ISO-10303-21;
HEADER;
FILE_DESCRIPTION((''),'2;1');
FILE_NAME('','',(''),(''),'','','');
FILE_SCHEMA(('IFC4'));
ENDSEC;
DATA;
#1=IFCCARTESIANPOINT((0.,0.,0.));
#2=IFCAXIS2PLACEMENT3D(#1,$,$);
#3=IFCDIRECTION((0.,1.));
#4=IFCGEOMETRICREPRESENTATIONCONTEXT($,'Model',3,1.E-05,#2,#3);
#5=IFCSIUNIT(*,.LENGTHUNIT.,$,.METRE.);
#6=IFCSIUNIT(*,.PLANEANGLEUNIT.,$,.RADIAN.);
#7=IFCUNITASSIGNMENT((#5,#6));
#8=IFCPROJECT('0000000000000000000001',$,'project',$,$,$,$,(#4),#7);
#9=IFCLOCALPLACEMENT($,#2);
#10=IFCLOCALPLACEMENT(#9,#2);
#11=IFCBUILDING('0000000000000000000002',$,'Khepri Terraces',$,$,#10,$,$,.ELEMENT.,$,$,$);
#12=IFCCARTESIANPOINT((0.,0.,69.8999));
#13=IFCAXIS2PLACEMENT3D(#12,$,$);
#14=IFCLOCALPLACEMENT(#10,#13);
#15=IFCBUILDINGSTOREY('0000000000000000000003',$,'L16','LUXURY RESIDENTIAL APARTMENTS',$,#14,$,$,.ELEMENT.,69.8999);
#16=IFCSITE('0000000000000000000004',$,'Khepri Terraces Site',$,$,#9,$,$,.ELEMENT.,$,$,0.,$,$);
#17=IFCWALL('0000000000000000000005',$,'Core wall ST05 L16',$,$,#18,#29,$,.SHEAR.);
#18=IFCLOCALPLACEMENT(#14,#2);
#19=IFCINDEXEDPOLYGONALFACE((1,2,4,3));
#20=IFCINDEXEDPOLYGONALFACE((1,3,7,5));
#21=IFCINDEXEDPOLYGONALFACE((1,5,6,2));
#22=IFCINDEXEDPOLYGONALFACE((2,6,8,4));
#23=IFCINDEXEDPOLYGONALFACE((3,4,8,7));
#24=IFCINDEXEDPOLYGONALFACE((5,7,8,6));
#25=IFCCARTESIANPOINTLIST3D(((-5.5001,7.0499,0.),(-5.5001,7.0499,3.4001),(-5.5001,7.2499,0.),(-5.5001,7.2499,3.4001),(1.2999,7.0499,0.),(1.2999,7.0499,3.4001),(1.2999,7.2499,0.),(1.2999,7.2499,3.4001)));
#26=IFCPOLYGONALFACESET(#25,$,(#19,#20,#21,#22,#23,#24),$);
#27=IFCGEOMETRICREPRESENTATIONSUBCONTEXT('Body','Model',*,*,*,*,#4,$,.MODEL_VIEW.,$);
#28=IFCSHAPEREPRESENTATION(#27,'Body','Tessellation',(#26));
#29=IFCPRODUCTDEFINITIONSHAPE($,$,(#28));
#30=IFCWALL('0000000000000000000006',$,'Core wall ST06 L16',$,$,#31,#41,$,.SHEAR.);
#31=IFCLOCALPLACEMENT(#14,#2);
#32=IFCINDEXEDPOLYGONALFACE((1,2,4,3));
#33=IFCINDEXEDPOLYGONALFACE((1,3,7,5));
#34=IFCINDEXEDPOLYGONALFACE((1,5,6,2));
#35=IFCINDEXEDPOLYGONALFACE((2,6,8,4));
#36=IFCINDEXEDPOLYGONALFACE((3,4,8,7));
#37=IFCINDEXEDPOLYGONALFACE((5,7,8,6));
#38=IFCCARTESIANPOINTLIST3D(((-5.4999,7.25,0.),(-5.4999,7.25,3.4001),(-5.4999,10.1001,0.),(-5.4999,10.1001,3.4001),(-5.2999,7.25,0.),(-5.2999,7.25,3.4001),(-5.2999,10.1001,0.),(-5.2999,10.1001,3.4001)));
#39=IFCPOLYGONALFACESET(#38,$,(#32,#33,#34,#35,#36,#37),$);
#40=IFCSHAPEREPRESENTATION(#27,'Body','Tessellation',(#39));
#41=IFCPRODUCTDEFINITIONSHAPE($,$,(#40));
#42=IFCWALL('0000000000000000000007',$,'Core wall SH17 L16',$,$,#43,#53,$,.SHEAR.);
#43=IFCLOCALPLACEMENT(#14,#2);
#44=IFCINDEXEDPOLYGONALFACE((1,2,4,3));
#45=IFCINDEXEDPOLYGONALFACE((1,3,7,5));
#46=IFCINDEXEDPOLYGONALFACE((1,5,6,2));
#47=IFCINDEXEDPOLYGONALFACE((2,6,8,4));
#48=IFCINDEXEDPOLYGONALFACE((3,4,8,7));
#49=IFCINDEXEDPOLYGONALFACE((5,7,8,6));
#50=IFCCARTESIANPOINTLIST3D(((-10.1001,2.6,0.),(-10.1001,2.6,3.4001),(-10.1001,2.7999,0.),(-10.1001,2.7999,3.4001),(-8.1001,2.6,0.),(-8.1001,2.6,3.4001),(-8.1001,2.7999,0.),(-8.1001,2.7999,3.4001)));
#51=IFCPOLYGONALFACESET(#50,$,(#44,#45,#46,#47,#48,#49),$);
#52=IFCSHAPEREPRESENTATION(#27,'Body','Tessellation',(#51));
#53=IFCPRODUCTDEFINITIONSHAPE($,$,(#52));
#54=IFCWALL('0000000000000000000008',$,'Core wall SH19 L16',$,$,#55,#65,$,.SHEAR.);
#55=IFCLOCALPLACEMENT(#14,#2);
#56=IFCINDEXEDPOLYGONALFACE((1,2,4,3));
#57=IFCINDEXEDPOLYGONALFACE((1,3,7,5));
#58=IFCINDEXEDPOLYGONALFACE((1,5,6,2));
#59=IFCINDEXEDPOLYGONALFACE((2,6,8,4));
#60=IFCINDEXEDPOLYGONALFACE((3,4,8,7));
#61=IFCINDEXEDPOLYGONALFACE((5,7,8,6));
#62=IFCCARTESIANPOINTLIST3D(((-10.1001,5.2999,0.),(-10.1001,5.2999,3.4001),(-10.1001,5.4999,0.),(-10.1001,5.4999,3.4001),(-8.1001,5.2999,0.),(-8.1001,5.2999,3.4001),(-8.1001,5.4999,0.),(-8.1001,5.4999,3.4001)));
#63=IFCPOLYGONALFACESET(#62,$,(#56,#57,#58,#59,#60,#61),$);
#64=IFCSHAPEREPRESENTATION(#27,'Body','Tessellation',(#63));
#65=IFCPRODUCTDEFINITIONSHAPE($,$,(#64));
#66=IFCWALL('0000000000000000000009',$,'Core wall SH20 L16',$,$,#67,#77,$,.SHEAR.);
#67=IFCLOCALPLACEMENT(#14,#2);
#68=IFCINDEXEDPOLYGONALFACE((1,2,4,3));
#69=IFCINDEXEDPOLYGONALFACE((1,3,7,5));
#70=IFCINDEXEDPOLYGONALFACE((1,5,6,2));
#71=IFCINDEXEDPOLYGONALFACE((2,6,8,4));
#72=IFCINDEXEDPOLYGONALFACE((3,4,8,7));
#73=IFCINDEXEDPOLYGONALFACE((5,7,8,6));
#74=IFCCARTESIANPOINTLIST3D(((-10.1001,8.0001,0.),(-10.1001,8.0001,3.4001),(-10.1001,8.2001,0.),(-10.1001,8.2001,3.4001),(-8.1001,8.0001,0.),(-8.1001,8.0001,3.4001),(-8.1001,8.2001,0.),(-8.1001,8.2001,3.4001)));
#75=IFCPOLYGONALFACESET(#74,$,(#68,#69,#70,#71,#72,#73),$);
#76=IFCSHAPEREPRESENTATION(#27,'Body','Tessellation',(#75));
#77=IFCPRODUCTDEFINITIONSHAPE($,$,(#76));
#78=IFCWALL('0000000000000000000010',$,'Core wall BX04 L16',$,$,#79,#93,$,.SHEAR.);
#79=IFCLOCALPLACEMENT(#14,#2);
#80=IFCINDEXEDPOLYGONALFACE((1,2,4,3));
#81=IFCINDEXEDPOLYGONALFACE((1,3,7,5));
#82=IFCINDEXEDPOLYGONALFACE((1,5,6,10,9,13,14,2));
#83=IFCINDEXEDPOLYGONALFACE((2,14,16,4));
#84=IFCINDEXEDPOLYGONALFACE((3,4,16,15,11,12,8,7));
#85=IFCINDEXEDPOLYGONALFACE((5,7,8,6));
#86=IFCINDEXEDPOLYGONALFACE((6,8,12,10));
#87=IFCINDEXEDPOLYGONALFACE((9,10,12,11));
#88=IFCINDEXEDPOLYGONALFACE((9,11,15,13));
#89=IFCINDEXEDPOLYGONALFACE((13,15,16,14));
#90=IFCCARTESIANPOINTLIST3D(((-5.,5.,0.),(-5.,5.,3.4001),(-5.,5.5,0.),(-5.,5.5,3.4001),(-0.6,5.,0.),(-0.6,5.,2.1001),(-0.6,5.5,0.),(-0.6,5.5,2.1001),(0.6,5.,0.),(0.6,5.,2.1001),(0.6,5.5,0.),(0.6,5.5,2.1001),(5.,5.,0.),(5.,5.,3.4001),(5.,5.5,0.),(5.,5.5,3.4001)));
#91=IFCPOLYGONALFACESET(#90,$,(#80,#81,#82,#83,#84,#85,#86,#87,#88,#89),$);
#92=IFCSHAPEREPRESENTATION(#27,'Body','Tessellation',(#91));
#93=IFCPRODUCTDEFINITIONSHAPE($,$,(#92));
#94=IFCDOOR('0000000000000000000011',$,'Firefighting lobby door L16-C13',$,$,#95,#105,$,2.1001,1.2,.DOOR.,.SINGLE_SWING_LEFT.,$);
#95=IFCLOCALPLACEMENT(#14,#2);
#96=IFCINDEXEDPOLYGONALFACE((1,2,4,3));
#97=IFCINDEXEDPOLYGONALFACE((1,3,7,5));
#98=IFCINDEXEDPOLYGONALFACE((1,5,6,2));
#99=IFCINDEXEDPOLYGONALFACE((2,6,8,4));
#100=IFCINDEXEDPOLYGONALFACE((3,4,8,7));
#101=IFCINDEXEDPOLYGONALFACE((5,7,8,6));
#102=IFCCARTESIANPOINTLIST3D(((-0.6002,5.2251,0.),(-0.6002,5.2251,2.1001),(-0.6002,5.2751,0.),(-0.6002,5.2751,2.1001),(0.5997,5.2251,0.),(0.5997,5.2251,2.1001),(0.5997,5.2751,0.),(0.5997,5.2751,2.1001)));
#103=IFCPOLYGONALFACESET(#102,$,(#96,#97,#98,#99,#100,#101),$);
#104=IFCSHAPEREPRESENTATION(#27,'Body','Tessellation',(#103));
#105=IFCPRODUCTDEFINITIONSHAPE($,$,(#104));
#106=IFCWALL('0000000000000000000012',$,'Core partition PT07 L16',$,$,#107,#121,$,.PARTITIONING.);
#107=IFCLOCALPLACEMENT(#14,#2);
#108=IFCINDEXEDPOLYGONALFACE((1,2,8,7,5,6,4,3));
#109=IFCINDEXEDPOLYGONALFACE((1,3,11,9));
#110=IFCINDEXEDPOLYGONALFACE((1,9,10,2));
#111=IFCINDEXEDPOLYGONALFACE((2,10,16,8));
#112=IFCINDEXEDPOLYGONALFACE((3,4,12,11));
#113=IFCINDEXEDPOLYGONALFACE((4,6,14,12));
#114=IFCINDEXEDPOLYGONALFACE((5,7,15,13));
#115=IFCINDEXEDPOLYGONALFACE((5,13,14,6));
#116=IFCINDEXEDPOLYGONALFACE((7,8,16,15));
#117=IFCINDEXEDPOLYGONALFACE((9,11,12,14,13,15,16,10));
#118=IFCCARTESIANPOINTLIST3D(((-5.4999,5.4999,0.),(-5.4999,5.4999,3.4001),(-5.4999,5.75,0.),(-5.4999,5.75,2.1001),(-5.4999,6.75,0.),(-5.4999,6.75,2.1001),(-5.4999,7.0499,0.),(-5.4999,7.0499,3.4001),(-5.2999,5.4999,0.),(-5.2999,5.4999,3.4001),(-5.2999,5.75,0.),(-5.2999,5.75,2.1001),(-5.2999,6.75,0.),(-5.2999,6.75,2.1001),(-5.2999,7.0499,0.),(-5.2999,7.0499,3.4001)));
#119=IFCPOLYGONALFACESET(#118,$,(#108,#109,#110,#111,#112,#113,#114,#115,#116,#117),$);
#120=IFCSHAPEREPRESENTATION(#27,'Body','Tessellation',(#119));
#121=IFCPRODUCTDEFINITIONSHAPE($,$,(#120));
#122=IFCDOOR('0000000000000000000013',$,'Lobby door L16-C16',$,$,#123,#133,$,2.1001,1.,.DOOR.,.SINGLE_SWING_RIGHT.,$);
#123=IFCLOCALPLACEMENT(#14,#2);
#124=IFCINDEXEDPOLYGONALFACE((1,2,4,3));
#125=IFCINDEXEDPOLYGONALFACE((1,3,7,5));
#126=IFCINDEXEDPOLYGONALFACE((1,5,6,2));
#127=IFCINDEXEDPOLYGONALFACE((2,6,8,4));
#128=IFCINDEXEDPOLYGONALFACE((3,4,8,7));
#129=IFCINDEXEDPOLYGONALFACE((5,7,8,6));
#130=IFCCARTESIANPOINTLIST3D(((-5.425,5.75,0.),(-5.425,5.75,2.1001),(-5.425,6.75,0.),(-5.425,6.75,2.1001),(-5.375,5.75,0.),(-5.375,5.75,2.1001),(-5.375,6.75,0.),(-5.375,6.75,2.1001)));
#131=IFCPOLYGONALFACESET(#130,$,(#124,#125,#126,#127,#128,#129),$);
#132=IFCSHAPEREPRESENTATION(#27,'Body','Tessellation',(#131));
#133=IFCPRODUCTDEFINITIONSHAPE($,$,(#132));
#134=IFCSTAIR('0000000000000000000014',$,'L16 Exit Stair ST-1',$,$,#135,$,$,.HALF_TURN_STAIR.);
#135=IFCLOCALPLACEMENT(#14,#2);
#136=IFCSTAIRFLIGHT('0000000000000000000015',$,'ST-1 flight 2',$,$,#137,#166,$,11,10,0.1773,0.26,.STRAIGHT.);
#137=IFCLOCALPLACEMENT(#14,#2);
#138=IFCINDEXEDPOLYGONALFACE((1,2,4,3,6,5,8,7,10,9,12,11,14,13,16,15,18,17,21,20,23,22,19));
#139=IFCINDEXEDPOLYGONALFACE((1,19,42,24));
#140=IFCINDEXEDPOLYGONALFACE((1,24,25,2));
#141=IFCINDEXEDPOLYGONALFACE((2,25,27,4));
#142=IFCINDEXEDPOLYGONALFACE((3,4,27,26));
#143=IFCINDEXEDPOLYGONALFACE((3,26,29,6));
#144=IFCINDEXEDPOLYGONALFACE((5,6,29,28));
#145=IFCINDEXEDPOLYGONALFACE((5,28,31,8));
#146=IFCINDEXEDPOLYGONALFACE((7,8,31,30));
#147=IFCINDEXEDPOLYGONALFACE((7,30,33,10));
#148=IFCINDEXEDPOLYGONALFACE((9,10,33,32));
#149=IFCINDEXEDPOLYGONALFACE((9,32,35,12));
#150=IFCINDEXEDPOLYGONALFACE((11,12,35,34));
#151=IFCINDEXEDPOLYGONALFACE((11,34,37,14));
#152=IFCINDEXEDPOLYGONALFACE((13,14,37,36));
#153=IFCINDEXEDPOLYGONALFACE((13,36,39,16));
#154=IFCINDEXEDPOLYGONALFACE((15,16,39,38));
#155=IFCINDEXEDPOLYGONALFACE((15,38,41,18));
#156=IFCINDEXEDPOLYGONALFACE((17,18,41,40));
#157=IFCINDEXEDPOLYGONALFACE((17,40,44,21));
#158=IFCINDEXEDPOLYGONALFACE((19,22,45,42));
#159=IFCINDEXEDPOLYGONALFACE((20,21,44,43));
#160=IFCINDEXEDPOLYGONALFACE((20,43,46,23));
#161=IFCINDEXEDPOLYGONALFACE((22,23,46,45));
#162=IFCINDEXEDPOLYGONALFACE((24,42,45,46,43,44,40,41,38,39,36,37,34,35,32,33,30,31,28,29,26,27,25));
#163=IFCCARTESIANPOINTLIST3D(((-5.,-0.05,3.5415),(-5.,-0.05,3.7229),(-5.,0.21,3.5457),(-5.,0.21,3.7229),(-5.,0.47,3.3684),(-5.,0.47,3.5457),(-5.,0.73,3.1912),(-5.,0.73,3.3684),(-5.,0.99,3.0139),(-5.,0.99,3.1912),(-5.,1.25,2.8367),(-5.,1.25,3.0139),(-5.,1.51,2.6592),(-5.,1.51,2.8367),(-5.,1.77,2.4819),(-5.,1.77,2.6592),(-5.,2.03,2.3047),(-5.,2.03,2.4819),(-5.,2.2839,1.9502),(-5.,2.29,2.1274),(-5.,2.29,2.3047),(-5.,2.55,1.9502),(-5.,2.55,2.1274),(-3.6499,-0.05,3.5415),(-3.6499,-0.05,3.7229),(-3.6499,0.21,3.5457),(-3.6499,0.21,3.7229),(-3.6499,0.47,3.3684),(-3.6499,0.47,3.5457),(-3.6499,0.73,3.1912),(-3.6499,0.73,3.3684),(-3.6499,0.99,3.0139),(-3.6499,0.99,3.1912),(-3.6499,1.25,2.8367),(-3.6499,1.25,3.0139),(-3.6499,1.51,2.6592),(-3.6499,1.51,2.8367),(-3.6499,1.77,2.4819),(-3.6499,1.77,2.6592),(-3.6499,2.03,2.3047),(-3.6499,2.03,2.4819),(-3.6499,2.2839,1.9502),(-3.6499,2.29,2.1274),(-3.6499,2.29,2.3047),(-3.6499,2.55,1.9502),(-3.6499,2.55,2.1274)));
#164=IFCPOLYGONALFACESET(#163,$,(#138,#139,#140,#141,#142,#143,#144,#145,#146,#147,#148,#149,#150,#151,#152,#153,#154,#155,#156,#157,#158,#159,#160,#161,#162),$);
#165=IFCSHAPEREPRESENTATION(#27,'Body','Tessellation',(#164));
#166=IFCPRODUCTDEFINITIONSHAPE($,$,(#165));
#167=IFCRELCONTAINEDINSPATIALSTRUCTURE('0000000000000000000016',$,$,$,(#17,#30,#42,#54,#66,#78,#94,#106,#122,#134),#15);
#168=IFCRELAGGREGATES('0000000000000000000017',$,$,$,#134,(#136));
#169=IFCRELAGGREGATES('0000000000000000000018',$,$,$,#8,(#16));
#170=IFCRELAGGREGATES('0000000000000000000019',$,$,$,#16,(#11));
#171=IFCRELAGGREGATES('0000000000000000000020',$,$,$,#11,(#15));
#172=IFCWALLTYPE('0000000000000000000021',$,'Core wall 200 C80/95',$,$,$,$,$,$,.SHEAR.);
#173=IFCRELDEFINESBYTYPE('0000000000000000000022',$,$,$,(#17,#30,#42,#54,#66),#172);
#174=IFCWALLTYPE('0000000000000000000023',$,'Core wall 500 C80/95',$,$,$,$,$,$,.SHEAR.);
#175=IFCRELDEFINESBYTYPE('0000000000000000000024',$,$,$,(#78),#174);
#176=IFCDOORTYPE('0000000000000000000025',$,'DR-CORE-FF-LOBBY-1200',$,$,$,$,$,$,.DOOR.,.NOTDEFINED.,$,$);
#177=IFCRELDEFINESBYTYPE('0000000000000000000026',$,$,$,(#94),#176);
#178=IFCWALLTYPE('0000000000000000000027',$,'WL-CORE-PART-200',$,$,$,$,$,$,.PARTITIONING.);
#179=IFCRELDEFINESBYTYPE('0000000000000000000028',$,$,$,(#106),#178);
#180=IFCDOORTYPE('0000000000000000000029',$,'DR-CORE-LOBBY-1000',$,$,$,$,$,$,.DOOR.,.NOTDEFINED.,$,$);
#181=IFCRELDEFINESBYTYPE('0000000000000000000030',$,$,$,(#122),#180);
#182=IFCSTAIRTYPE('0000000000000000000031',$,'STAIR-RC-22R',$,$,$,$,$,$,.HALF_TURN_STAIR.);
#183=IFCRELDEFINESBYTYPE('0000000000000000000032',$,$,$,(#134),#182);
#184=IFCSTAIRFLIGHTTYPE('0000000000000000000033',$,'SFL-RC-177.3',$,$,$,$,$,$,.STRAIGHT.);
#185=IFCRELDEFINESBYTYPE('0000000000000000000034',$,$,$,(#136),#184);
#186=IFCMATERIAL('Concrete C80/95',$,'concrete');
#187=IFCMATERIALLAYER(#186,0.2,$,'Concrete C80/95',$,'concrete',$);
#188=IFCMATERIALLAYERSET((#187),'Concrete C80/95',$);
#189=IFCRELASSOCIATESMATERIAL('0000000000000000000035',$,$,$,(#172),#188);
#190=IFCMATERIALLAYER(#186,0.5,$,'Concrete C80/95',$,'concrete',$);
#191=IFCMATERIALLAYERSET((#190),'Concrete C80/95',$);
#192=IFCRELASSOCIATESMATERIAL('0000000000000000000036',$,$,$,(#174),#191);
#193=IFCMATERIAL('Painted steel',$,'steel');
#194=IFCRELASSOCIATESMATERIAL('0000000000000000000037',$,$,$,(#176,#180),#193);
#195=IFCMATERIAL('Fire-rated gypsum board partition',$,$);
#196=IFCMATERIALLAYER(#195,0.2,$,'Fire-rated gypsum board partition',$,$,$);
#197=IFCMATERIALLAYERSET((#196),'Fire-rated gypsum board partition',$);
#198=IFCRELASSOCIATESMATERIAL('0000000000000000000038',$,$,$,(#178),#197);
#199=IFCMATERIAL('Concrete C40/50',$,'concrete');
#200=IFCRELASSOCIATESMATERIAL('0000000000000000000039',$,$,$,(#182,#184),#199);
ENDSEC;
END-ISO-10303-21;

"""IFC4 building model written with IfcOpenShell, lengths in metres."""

from ifc_helpers import new_model, si_unit, direction, frame, frame_2d, origin, place, context, subcontext, project, spatial, polyline, rectangle, outline, extrude, material, layer, layer_set, type_object, element, fill, aggregate, save


model = new_model("IFC4")

# Units and contexts
model_context = context("Model", 3, precision=1e-05, world=origin(), true_north=direction((0.0, 1.0)))
body_context = subcontext(model_context, "Body", "Model", "MODEL_VIEW")
ifc_project = project(units=[si_unit("LENGTHUNIT", "METRE"), si_unit("PLANEANGLEUNIT", "RADIAN")], contexts=[model_context])

# Site, building, storey
site_placement = place(None, origin())
site = spatial("IfcSite", under=ifc_project, at=site_placement, Name="Khepri Terraces Site", CompositionType="ELEMENT", RefElevation=0.0)
building_placement = place(site_placement, origin())
building = spatial("IfcBuilding", under=site, at=building_placement, Name="Khepri Terraces", CompositionType="ELEMENT")
storey_placement = place(building_placement, frame((0.0, 0.0, 69.8999)))
storey = spatial("IfcBuildingStorey", under=building, at=storey_placement, Name="L16", Description="LUXURY RESIDENTIAL APARTMENTS", CompositionType="ELEMENT", Elevation=69.8999)

# Walls
ifc_material_1 = material(Name="Concrete C80/95", Category="concrete")
ifc_layer_1 = layer(ifc_material_1, 0.2, Name="Concrete C80/95", Category="concrete")
ifc_layer_set_1 = layer_set([ifc_layer_1], Name="Concrete C80/95")
wall_type_1 = type_object("IfcWallType", Name="Core wall 200 C80/95", PredefinedType="SHEAR", material=ifc_layer_set_1)
wall_1_placement = place(storey_placement, frame((-5.5, 7.1499, 0.0), z_axis=(0.0, 0.0, 1.0), x_axis=(1.0, 0.0, 0.0)))
element("IfcWall", 1, at=wall_1_placement, inside=storey, type_object=wall_type_1, Name="Core wall ST05 L16", PredefinedType="SHEAR", context=body_context, shape_type="SweptSolid", body=[
    extrude(rectangle(XDim=6.8, YDim=0.2, at=frame_2d((3.3999, 0.0))), origin(), (0.0, 0.0, 1.0), 3.4001),
])
wall_2_placement = place(storey_placement, frame((-5.3999, 7.25, 0.0), z_axis=(0.0, 0.0, 1.0), x_axis=(0.0, 1.0, 0.0)))
element("IfcWall", 2, at=wall_2_placement, inside=storey, type_object=wall_type_1, Name="Core wall ST06 L16", PredefinedType="SHEAR", context=body_context, shape_type="SweptSolid", body=[
    extrude(rectangle(XDim=2.8501, YDim=0.2, at=frame_2d((1.425, 0.0))), origin(), (0.0, 0.0, 1.0), 3.4001),
])
for number, where, z_axis, x_axis, name in (
    (3, (-10.1001, 2.7, 0.0), (0.0, 0.0, 1.0), (1.0, 0.0, 0.0), "Core wall SH17 L16"),
    (4, (-10.1001, 5.3999, 0.0), (0.0, 0.0, 1.0), (1.0, 0.0, 0.0), "Core wall SH19 L16"),
    (5, (-10.1001, 8.1001, 0.0), (0.0, 0.0, 1.0), (1.0, 0.0, 0.0), "Core wall SH20 L16"),
):
    element("IfcWall", number, at=place(storey_placement, frame(where, z_axis=z_axis, x_axis=x_axis)), inside=storey, type_object=wall_type_1, Name=name, PredefinedType="SHEAR", context=body_context, shape_type="SweptSolid", body=[
        extrude(rectangle(XDim=2.0, YDim=0.2, at=frame_2d((1.0, 0.0))), origin(), (0.0, 0.0, 1.0), 3.4001),
    ])

# Walls, openings, doors
ifc_layer_2 = layer(ifc_material_1, 0.5, Name="Concrete C80/95", Category="concrete")
ifc_layer_set_2 = layer_set([ifc_layer_2], Name="Concrete C80/95")
wall_type_2 = type_object("IfcWallType", Name="Core wall 500 C80/95", PredefinedType="SHEAR", material=ifc_layer_set_2)
wall_3_placement = place(storey_placement, frame((-5.0, 5.25, 0.0), z_axis=(0.0, 0.0, 1.0), x_axis=(1.0, 0.0, 0.0)))
wall_3 = element("IfcWall", 6, at=wall_3_placement, inside=storey, type_object=wall_type_2, Name="Core wall BX04 L16", PredefinedType="SHEAR", context=body_context, shape_type="SweptSolid", body=[
    extrude(rectangle(XDim=10.0, YDim=0.5, at=frame_2d((5.0, 0.0))), origin(), (0.0, 0.0, 1.0), 3.4001),
])
opening_1_placement = place(wall_3_placement, frame((4.3999, 0.0, 0.0)))
opening_1 = element("IfcOpeningElement", 7, at=opening_1_placement, cuts=wall_3, PredefinedType="OPENING", context=body_context, shape_type="SweptSolid", body=[
    extrude(rectangle(XDim=1.2, YDim=2.1001, at=frame_2d((0.6001, 1.05))), frame((0.0, 0.26, 0.0), z_axis=(0.0, -1.0, 0.0), x_axis=(1.0, 0.0, 0.0)), (0.0, 0.0, 1.0), 0.52),
])
ifc_material_2 = material(Name="Painted steel", Category="steel")
door_type_1 = type_object("IfcDoorType", Name="DR-CORE-FF-LOBBY-1200", OperationType="NOTDEFINED", PredefinedType="DOOR", material=ifc_material_2)
door_1_placement = place(opening_1_placement, frame((1.2, 0.0, 0.0), z_axis=(0.0, 0.0, 1.0), x_axis=(-1.0, 0.0, 0.0)))
door_1 = element("IfcDoor", 8, at=door_1_placement, inside=storey, type_object=door_type_1, Name="Firefighting lobby door L16-C13", OperationType="SINGLE_SWING_LEFT", OverallHeight=2.1001, OverallWidth=1.2, PredefinedType="DOOR", context=body_context, shape_type="SweptSolid", body=[
    extrude(rectangle(XDim=1.2, YDim=2.1001, at=frame_2d((0.6001, 1.05))), frame((0.0, 0.0249, 0.0), z_axis=(0.0, -1.0, 0.0), x_axis=(1.0, 0.0, 0.0)), (0.0, 0.0, 1.0), 0.05),
])
fill(opening_1, door_1)
ifc_material_3 = material(Name="Fire-rated gypsum board partition")
ifc_layer_3 = layer(ifc_material_3, 0.2, Name="Fire-rated gypsum board partition")
ifc_layer_set_3 = layer_set([ifc_layer_3], Name="Fire-rated gypsum board partition")
wall_type_3 = type_object("IfcWallType", Name="WL-CORE-PART-200", PredefinedType="PARTITIONING", material=ifc_layer_set_3)
wall_4_placement = place(storey_placement, frame((-5.3999, 5.5, 0.0), z_axis=(0.0, 0.0, 1.0), x_axis=(0.0, 1.0, 0.0)))
wall_4 = element("IfcWall", 9, at=wall_4_placement, inside=storey, type_object=wall_type_3, Name="Core partition PT07 L16", PredefinedType="PARTITIONING", context=body_context, shape_type="SweptSolid", body=[
    extrude(rectangle(XDim=1.55, YDim=0.2, at=frame_2d((0.7749, 0.0))), origin(), (0.0, 0.0, 1.0), 3.4001),
])
opening_2_placement = place(wall_4_placement, frame((0.25, 0.0, 0.0)))
opening_2 = element("IfcOpeningElement", 10, at=opening_2_placement, cuts=wall_4, PredefinedType="OPENING", context=body_context, shape_type="SweptSolid", body=[
    extrude(rectangle(XDim=1.0, YDim=2.1001, at=frame_2d((0.5, 1.05))), frame((0.0, 0.1099, 0.0), z_axis=(0.0, -1.0, 0.0), x_axis=(1.0, 0.0, 0.0)), (0.0, 0.0, 1.0), 0.22),
])
door_type_2 = type_object("IfcDoorType", Name="DR-CORE-LOBBY-1000", OperationType="NOTDEFINED", PredefinedType="DOOR", material=ifc_material_2)
door_2_placement = place(opening_2_placement, frame((1.0, 0.0, 0.0), z_axis=(0.0, 0.0, 1.0), x_axis=(-1.0, 0.0, 0.0)))
door_2 = element("IfcDoor", 11, at=door_2_placement, inside=storey, type_object=door_type_2, Name="Lobby door L16-C16", OperationType="SINGLE_SWING_RIGHT", OverallHeight=2.1001, OverallWidth=1.0, PredefinedType="DOOR", context=body_context, shape_type="SweptSolid", body=[
    extrude(rectangle(XDim=1.0, YDim=2.1001, at=frame_2d((0.5, 1.05))), frame((0.0, 0.0249, 0.0), z_axis=(0.0, -1.0, 0.0), x_axis=(1.0, 0.0, 0.0)), (0.0, 0.0, 1.0), 0.05),
])
fill(opening_2, door_2)

# Stair, stair flight
ifc_material_4 = material(Name="Concrete C40/50", Category="concrete")
stair_type = type_object("IfcStairType", Name="STAIR-RC-22R", PredefinedType="HALF_TURN_STAIR", material=ifc_material_4)
stair_1_placement = place(storey_placement, origin())
stair_1 = element("IfcStair", 12, at=stair_1_placement, inside=storey, type_object=stair_type, Name="L16 Exit Stair ST-1", PredefinedType="HALF_TURN_STAIR")
stair_flight_type = type_object("IfcStairFlightType", Name="SFL-RC-177.3", PredefinedType="STRAIGHT", material=ifc_material_4)
stair_flight_1_placement = place(storey_placement, frame((-4.325, 2.55, 1.9502), z_axis=(0.0, 0.0, 1.0), x_axis=(0.0, -1.0, 0.0)))
stair_flight_1 = element("IfcStairFlight", 13, at=stair_flight_1_placement, type_object=stair_flight_type, Name="ST-1 flight 2", NumberOfRisers=11, NumberOfTreads=10, PredefinedType="STRAIGHT", RiserHeight=0.1773, TreadLength=0.26, context=body_context, shape_type="SweptSolid", body=[
    extrude(outline(polyline([(0.0, 0.0), (0.0, 0.1772), (0.26, 0.1772), (0.26, 0.3545), (0.52, 0.3545), (0.52, 0.5317), (0.78, 0.5317), (0.78, 0.709), (1.04, 0.709), (1.04, 0.8865), (1.3, 0.8865), (1.3, 1.0637), (1.5601, 1.0637), (1.5601, 1.241), (1.8201, 1.241), (1.8201, 1.4182), (2.0801, 1.4182), (2.0801, 1.5955), (2.3401, 1.5955), (2.3401, 1.7727), (2.6001, 1.7727), (2.6001, 1.95), (2.6001, 1.5913), (0.2661, 0.0), (0.0, 0.0)])), frame((0.0, 0.675, 0.0), z_axis=(0.0, -1.0, 0.0), x_axis=(1.0, 0.0, 0.0)), (0.0, 0.0, 1.0), 1.3501),
])
aggregate(stair_1, [stair_flight_1])

save(model, "model.ifc")
